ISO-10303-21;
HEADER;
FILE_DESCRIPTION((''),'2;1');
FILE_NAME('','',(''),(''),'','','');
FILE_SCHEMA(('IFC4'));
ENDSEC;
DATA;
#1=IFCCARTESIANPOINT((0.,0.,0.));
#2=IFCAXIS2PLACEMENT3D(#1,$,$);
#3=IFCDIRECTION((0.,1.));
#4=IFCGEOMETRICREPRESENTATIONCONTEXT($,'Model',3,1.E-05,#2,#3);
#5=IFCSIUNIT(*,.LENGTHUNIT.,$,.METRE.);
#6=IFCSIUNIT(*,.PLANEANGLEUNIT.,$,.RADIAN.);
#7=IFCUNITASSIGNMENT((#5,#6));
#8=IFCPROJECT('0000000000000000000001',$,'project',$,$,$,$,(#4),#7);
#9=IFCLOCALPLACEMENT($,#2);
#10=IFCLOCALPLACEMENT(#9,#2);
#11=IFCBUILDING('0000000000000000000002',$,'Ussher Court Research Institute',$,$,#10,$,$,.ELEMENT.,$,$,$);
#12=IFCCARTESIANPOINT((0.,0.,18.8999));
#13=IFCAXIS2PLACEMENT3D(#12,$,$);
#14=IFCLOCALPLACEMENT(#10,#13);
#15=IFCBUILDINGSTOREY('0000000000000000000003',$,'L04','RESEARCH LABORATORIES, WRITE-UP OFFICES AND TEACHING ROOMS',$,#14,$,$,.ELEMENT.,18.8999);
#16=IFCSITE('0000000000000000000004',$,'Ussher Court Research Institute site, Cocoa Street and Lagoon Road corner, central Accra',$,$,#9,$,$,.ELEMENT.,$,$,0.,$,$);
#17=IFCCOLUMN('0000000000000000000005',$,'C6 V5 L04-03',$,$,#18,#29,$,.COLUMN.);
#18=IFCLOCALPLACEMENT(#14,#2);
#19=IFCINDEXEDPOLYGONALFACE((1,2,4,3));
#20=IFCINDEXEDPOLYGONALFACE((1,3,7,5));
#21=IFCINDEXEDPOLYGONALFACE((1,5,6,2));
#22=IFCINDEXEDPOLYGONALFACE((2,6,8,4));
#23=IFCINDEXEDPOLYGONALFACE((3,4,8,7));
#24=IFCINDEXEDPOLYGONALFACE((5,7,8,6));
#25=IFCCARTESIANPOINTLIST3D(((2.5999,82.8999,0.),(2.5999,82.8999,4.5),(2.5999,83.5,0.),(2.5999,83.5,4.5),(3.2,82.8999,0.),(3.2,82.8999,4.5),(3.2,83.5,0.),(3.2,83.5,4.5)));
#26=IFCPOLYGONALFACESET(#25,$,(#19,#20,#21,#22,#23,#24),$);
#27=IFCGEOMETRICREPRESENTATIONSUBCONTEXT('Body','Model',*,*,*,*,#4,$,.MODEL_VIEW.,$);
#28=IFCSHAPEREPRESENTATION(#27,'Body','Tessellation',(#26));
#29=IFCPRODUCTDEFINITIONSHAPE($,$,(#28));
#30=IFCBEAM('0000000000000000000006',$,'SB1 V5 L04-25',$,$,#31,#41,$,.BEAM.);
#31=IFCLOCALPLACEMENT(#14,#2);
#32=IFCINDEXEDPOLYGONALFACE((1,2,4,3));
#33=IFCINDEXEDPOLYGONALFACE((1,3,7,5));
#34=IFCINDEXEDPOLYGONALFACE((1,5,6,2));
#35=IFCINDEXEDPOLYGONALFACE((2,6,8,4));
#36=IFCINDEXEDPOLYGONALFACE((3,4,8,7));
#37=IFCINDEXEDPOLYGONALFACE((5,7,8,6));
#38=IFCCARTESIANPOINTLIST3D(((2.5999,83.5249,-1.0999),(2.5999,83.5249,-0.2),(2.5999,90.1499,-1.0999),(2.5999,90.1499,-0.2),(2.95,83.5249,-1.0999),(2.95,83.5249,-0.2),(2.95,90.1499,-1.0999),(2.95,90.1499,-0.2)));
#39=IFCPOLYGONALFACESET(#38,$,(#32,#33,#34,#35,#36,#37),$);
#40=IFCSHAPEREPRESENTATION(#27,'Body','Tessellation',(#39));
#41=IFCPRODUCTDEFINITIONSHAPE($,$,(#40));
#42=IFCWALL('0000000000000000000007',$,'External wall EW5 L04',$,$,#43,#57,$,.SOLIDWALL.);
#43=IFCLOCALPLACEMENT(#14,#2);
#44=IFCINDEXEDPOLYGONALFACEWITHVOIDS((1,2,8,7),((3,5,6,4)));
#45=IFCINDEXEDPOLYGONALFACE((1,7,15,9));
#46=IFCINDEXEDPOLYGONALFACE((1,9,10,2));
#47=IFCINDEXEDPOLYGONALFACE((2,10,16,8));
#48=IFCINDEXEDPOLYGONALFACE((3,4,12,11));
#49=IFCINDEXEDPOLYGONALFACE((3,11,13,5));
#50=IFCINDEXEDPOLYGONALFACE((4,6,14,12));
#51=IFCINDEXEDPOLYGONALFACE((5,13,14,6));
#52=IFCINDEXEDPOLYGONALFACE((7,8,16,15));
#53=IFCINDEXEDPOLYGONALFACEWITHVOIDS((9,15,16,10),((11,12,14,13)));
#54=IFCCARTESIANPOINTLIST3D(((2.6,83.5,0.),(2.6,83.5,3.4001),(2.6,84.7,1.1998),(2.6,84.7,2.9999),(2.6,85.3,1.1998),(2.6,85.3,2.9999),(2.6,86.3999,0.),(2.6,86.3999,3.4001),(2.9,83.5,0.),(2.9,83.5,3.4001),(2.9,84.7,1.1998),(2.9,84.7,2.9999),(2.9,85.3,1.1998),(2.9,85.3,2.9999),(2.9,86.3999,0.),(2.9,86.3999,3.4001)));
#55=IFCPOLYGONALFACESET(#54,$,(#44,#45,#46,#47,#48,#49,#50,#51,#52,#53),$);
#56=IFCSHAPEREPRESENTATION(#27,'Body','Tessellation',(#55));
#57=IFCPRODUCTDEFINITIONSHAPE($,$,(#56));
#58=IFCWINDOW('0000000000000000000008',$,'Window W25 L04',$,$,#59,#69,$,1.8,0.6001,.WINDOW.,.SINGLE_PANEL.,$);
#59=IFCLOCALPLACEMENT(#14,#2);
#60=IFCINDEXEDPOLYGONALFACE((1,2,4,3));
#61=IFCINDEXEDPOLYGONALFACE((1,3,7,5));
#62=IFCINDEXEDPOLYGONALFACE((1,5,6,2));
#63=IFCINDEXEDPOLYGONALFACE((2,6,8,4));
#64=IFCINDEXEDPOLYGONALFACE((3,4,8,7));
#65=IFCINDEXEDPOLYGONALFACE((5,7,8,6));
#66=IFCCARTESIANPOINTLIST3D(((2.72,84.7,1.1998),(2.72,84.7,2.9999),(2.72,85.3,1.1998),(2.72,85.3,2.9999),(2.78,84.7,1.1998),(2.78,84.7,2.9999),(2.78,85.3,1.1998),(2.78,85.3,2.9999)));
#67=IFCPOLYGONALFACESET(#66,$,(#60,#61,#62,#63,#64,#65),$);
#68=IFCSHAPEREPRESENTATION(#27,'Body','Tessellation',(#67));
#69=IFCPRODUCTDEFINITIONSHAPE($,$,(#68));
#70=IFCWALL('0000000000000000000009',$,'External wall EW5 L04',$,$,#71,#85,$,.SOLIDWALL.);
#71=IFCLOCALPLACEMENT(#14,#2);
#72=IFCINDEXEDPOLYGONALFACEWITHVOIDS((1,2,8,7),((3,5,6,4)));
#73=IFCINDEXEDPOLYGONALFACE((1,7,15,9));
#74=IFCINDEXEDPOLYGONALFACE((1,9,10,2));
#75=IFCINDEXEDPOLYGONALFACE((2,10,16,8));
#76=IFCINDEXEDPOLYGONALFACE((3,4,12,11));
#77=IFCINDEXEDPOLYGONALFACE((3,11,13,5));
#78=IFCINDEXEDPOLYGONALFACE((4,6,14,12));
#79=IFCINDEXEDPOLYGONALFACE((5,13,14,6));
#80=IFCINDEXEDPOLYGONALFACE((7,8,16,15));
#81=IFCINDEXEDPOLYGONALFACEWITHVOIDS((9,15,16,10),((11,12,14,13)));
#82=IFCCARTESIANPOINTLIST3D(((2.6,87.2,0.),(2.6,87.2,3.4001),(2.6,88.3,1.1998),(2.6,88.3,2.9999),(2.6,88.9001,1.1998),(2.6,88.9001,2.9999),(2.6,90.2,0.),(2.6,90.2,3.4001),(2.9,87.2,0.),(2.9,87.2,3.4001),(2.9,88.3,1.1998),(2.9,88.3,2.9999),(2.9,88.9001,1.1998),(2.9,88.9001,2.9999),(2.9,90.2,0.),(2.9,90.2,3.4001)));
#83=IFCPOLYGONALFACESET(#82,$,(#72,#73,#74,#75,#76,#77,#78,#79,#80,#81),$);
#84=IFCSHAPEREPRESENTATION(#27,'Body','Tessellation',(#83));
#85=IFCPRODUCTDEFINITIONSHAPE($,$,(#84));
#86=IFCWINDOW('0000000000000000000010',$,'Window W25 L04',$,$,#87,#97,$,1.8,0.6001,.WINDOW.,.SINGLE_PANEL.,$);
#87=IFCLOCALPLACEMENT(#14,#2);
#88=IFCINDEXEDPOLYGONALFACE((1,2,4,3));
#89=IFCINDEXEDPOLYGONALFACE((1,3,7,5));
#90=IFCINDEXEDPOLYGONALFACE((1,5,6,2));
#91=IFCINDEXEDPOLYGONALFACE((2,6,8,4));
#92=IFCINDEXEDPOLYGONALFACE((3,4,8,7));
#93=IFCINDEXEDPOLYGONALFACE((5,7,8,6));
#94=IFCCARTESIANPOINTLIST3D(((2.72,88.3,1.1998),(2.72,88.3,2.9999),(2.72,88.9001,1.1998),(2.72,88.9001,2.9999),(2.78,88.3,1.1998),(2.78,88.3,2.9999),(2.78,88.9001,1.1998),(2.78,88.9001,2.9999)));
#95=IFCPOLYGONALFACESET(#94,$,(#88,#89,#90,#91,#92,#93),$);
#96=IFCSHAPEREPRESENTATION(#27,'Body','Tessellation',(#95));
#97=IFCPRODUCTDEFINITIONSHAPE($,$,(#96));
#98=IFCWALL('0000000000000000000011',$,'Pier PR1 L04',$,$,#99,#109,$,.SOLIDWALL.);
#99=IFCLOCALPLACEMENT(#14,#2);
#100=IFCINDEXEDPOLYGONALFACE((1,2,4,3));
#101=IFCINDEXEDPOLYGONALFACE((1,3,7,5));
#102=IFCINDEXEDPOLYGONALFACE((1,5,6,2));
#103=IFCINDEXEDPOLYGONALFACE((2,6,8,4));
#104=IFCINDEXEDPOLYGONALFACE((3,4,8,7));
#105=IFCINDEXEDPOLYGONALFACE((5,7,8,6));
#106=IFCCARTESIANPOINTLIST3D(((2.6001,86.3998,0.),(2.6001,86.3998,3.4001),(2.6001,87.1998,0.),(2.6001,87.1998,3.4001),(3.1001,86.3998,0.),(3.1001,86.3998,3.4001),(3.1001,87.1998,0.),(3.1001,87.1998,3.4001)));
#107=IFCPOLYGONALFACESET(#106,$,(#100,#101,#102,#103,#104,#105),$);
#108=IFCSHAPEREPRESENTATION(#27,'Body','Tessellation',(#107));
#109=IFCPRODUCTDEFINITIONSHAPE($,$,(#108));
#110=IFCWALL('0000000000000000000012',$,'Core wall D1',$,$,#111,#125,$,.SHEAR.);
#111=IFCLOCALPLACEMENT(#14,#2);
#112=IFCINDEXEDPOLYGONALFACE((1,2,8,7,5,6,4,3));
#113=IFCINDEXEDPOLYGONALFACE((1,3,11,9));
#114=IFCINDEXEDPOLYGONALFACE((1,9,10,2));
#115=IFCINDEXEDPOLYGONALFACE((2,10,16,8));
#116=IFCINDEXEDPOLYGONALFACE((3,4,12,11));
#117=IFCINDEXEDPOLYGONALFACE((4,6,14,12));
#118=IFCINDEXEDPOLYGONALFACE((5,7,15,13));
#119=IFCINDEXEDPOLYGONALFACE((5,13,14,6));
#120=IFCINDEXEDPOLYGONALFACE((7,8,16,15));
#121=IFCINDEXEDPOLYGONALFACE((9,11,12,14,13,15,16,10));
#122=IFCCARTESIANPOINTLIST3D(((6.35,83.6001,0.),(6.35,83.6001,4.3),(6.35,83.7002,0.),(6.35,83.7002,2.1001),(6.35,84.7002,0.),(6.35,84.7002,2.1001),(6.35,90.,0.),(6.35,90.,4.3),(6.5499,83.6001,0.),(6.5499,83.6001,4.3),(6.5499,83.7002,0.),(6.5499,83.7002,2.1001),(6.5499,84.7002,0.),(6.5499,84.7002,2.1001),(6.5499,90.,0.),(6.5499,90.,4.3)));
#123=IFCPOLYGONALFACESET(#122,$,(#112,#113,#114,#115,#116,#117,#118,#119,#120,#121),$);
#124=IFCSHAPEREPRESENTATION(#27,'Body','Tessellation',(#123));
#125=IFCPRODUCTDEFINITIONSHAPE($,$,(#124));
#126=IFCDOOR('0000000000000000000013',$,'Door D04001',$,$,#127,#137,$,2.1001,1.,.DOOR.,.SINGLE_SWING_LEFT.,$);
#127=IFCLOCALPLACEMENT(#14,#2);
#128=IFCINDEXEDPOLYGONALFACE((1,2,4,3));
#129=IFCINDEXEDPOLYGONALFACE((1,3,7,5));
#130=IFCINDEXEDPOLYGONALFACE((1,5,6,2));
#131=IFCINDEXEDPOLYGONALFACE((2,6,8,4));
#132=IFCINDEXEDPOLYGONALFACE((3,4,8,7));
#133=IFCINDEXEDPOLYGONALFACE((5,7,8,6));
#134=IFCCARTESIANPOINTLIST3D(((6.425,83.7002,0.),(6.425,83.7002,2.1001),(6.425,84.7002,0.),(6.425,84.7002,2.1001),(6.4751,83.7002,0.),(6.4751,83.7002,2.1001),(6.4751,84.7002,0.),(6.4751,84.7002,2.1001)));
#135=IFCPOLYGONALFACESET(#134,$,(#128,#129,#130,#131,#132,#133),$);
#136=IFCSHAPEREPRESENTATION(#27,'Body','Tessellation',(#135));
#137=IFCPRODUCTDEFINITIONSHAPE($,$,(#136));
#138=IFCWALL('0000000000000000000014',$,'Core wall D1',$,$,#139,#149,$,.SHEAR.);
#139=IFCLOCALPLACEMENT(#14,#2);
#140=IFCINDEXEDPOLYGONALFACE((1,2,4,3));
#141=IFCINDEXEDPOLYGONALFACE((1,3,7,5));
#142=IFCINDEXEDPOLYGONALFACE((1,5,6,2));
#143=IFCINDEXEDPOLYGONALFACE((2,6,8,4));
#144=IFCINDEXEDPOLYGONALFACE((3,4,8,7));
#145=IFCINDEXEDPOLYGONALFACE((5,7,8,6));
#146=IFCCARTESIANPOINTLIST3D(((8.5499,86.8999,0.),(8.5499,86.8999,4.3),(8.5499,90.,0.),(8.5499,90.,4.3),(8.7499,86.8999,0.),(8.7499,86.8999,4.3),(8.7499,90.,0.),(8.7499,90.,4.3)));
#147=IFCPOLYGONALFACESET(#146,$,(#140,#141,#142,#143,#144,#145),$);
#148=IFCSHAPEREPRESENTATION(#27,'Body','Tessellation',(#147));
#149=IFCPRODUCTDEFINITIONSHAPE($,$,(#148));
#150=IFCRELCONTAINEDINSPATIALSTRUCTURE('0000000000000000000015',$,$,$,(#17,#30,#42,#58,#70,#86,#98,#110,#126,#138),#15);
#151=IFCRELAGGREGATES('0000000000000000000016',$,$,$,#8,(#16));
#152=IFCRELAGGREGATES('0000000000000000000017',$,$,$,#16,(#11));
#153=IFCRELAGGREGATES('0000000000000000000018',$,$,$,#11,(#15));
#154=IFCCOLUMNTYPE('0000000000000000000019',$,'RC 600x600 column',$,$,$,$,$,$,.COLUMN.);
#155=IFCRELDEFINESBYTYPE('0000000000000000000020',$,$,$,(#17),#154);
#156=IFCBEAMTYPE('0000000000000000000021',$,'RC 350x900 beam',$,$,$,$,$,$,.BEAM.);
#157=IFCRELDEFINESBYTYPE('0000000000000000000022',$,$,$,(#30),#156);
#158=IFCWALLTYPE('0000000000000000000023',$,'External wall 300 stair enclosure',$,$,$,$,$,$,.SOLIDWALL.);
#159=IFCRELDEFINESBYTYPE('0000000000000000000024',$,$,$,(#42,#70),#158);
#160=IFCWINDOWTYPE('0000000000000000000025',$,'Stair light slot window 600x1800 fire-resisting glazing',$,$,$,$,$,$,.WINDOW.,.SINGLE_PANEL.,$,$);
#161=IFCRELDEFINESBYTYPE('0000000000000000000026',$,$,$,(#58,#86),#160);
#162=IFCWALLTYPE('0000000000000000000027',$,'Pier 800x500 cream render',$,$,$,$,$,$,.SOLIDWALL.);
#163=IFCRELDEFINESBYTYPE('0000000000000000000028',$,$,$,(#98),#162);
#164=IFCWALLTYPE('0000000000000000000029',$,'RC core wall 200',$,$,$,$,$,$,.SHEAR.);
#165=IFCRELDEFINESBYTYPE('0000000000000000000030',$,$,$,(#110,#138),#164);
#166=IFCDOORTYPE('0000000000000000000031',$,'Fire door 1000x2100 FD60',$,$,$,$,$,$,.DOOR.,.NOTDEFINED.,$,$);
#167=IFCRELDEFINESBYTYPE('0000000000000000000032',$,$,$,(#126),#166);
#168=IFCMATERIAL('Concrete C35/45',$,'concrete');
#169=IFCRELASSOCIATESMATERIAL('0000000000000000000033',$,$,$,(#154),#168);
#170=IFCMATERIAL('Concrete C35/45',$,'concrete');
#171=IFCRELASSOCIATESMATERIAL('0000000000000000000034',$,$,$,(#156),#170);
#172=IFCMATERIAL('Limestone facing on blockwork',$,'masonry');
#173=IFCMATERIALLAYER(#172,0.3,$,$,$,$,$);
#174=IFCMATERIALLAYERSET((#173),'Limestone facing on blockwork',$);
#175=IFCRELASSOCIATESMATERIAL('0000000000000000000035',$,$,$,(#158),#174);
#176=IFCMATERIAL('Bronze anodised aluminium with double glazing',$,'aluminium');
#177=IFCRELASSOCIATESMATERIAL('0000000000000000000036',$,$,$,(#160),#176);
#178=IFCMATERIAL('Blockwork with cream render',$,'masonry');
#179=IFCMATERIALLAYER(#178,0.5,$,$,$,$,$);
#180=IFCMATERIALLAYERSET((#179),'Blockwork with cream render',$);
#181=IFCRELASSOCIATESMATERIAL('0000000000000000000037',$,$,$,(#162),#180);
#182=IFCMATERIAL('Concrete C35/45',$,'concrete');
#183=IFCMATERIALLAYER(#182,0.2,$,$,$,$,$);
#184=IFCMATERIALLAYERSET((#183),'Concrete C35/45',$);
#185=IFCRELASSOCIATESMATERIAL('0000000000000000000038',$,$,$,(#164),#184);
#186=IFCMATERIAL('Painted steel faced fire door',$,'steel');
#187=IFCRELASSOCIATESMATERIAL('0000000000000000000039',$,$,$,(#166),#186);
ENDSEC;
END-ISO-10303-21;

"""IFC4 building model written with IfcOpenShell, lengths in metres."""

from ifc_helpers import new_model, si_unit, direction, frame, frame_2d, origin, origin_2d, place, context, subcontext, project, spatial, rectangle, extrude, material, layer, layer_set, material_profile, profile_set, type_object, element, fill, save


model = new_model("IFC4")

# Units and contexts
model_context = context("Model", 3, precision=1e-05, world=origin(), true_north=direction((0.0, 1.0)))
body_context = subcontext(model_context, "Body", "Model", "MODEL_VIEW")
ifc_project = project(units=[si_unit("LENGTHUNIT", "METRE"), si_unit("PLANEANGLEUNIT", "RADIAN")], contexts=[model_context])

# Site, building, storey
site_placement = place(None, origin())
site = spatial("IfcSite", under=ifc_project, at=site_placement, Name="Ussher Court Research Institute site, Cocoa Street and Lagoon Road corner, central Accra", CompositionType="ELEMENT", RefElevation=0.0)
building_placement = place(site_placement, origin())
building = spatial("IfcBuilding", under=site, at=building_placement, Name="Ussher Court Research Institute", CompositionType="ELEMENT")
storey_placement = place(building_placement, frame((0.0, 0.0, 18.8999)))
storey = spatial("IfcBuildingStorey", under=building, at=storey_placement, Name="L04", Description="RESEARCH LABORATORIES, WRITE-UP OFFICES AND TEACHING ROOMS", CompositionType="ELEMENT", Elevation=18.8999)

# Column
ifc_material_1 = material(Name="Concrete C35/45", Category="concrete")
ifc_material_profile_1 = material_profile(ifc_material_1, rectangle(XDim=0.6001, YDim=0.6001, at=origin_2d()), Name="RC 600x600")
ifc_profile_set_1 = profile_set([ifc_material_profile_1], Name="Concrete C35/45")
column_type = type_object("IfcColumnType", Name="RC 600x600 column", PredefinedType="COLUMN", material=ifc_profile_set_1)
column_placement = place(storey_placement, frame((2.8999, 83.2, 0.0), z_axis=(0.0, 0.0, 1.0), x_axis=(1.0, 0.0, 0.0)))
element("IfcColumn", 1, at=column_placement, inside=storey, type_object=column_type, Name="C6 V5 L04-03", PredefinedType="COLUMN", context=body_context, shape_type="SweptSolid", body=[
    extrude(rectangle(XDim=0.6001, YDim=0.6001, at=origin_2d()), origin(), (0.0, 0.0, 1.0), 4.5),
])

# Beam
ifc_material_2 = material(Name="Concrete C35/45", Category="concrete")
ifc_material_profile_2 = material_profile(ifc_material_2, rectangle(XDim=0.3501, YDim=0.8999, at=origin_2d()), Name="RC 350x900")
ifc_profile_set_2 = profile_set([ifc_material_profile_2], Name="Concrete C35/45")
beam_type = type_object("IfcBeamType", Name="RC 350x900 beam", PredefinedType="BEAM", material=ifc_profile_set_2)
beam_placement = place(storey_placement, frame((2.7749, 83.5249, -0.6499), z_axis=(0.0, 1.0, 0.0), x_axis=(-1.0, 0.0, 0.0)))
element("IfcBeam", 2, at=beam_placement, inside=storey, type_object=beam_type, Name="SB1 V5 L04-25", PredefinedType="BEAM", context=body_context, shape_type="SweptSolid", body=[
    extrude(rectangle(XDim=0.3501, YDim=0.8999, at=origin_2d()), origin(), (0.0, 0.0, 1.0), 6.625),
])

# Walls, openings, windows
ifc_material_3 = material(Name="Limestone facing on blockwork", Category="masonry")
ifc_layer_1 = layer(ifc_material_3, 0.3)
ifc_layer_set_1 = layer_set([ifc_layer_1], Name="Limestone facing on blockwork")
wall_type_1 = type_object("IfcWallType", Name="External wall 300 stair enclosure", PredefinedType="SOLIDWALL", material=ifc_layer_set_1)
wall_1_placement = place(storey_placement, frame((2.75, 83.5, 0.0), z_axis=(0.0, 0.0, 1.0), x_axis=(0.0, 1.0, 0.0)))
wall_1 = element("IfcWall", 3, at=wall_1_placement, inside=storey, type_object=wall_type_1, Name="External wall EW5 L04", PredefinedType="SOLIDWALL", context=body_context, shape_type="SweptSolid", body=[
    extrude(rectangle(XDim=2.8999, YDim=0.3, at=frame_2d((1.45, 0.0))), origin(), (0.0, 0.0, 1.0), 3.4001),
])
opening_1_placement = place(wall_1_placement, frame((1.2, 0.0, 1.2)))
opening_1 = element("IfcOpeningElement", 4, at=opening_1_placement, cuts=wall_1, PredefinedType="OPENING", context=body_context, shape_type="SweptSolid", body=[
    extrude(rectangle(XDim=0.6001, YDim=1.8, at=frame_2d((0.3, 0.8999))), frame((0.0, 0.1602, 0.0), z_axis=(0.0, -1.0, 0.0), x_axis=(1.0, 0.0, 0.0)), (0.0, 0.0, 1.0), 0.3201),
])
ifc_material_4 = material(Name="Bronze anodised aluminium with double glazing", Category="aluminium")
window_type = type_object("IfcWindowType", Name="Stair light slot window 600x1800 fire-resisting glazing", PartitioningType="SINGLE_PANEL", PredefinedType="WINDOW", material=ifc_material_4)
window_1_placement = place(opening_1_placement, origin())
window_1 = element("IfcWindow", 5, at=window_1_placement, inside=storey, type_object=window_type, Name="Window W25 L04", OverallHeight=1.8, OverallWidth=0.6001, PartitioningType="SINGLE_PANEL", PredefinedType="WINDOW", context=body_context, shape_type="SweptSolid", body=[
    extrude(rectangle(XDim=0.6001, YDim=1.8, at=frame_2d((0.3, 0.8999))), frame((0.0, 0.03, 0.0), z_axis=(0.0, -1.0, 0.0), x_axis=(1.0, 0.0, 0.0)), (0.0, 0.0, 1.0), 0.0601),
])
fill(opening_1, window_1)
wall_2_placement = place(storey_placement, frame((2.75, 87.2, 0.0), z_axis=(0.0, 0.0, 1.0), x_axis=(0.0, 1.0, 0.0)))
wall_2 = element("IfcWall", 6, at=wall_2_placement, inside=storey, type_object=wall_type_1, Name="External wall EW5 L04", PredefinedType="SOLIDWALL", context=body_context, shape_type="SweptSolid", body=[
    extrude(rectangle(XDim=3.0, YDim=0.3, at=frame_2d((1.5, 0.0))), origin(), (0.0, 0.0, 1.0), 3.4001),
])
opening_2_placement = place(wall_2_placement, frame((1.1001, 0.0, 1.2)))
opening_2 = element("IfcOpeningElement", 7, at=opening_2_placement, cuts=wall_2, PredefinedType="OPENING", context=body_context, shape_type="SweptSolid", body=[
    extrude(rectangle(XDim=0.6001, YDim=1.8, at=frame_2d((0.3, 0.8999))), frame((0.0, 0.1602, 0.0), z_axis=(0.0, -1.0, 0.0), x_axis=(1.0, 0.0, 0.0)), (0.0, 0.0, 1.0), 0.3201),
])
window_2_placement = place(opening_2_placement, origin())
window_2 = element("IfcWindow", 8, at=window_2_placement, inside=storey, type_object=window_type, Name="Window W25 L04", OverallHeight=1.8, OverallWidth=0.6001, PartitioningType="SINGLE_PANEL", PredefinedType="WINDOW", context=body_context, shape_type="SweptSolid", body=[
    extrude(rectangle(XDim=0.6001, YDim=1.8, at=frame_2d((0.3, 0.8999))), frame((0.0, 0.03, 0.0), z_axis=(0.0, -1.0, 0.0), x_axis=(1.0, 0.0, 0.0)), (0.0, 0.0, 1.0), 0.0601),
])
fill(opening_2, window_2)

# Wall
ifc_material_5 = material(Name="Blockwork with cream render", Category="masonry")
ifc_layer_2 = layer(ifc_material_5, 0.5)
ifc_layer_set_2 = layer_set([ifc_layer_2], Name="Blockwork with cream render")
wall_type_2 = type_object("IfcWallType", Name="Pier 800x500 cream render", PredefinedType="SOLIDWALL", material=ifc_layer_set_2)
wall_3_placement = place(storey_placement, frame((2.8501, 86.3999, 0.0), z_axis=(0.0, 0.0, 1.0), x_axis=(0.0, 1.0, 0.0)))
element("IfcWall", 9, at=wall_3_placement, inside=storey, type_object=wall_type_2, Name="Pier PR1 L04", PredefinedType="SOLIDWALL", context=body_context, shape_type="SweptSolid", body=[
    extrude(rectangle(XDim=0.8, YDim=0.5, at=frame_2d((0.3999, 0.0))), origin(), (0.0, 0.0, 1.0), 3.4001),
])

# Wall, opening, door
ifc_material_6 = material(Name="Concrete C35/45", Category="concrete")
ifc_layer_3 = layer(ifc_material_6, 0.2)
ifc_layer_set_3 = layer_set([ifc_layer_3], Name="Concrete C35/45")
wall_type_3 = type_object("IfcWallType", Name="RC core wall 200", PredefinedType="SHEAR", material=ifc_layer_set_3)
wall_4_placement = place(storey_placement, frame((6.45, 83.6001, 0.0), z_axis=(0.0, 0.0, 1.0), x_axis=(0.0, 1.0, 0.0)))
wall_4 = element("IfcWall", 10, at=wall_4_placement, inside=storey, type_object=wall_type_3, Name="Core wall D1", PredefinedType="SHEAR", context=body_context, shape_type="SweptSolid", body=[
    extrude(rectangle(XDim=6.3999, YDim=0.2, at=frame_2d((3.2, 0.0))), origin(), (0.0, 0.0, 1.0), 4.3),
])
opening_3_placement = place(wall_4_placement, frame((0.1001, 0.0, 0.0)))
opening_3 = element("IfcOpeningElement", 11, at=opening_3_placement, cuts=wall_4, PredefinedType="OPENING", context=body_context, shape_type="SweptSolid", body=[
    extrude(rectangle(XDim=1.0, YDim=2.1001, at=frame_2d((0.5, 1.05))), frame((0.0, 0.1099, 0.0), z_axis=(0.0, -1.0, 0.0), x_axis=(1.0, 0.0, 0.0)), (0.0, 0.0, 1.0), 0.22),
])
ifc_material_7 = material(Name="Painted steel faced fire door", Category="steel")
door_type_1 = type_object("IfcDoorType", Name="Fire door 1000x2100 FD60", OperationType="NOTDEFINED", PredefinedType="DOOR", material=ifc_material_7)
door_1_placement = place(opening_3_placement, origin())
door_1 = element("IfcDoor", 12, at=door_1_placement, inside=storey, type_object=door_type_1, Name="Door D04001", OperationType="SINGLE_SWING_LEFT", OverallHeight=2.1001, OverallWidth=1.0, PredefinedType="DOOR", context=body_context, shape_type="SweptSolid", body=[
    extrude(rectangle(XDim=1.0, YDim=2.1001, at=frame_2d((0.5, 1.05))), frame((0.0, 0.0249, 0.0), z_axis=(0.0, -1.0, 0.0), x_axis=(1.0, 0.0, 0.0)), (0.0, 0.0, 1.0), 0.05),
])
fill(opening_3, door_1)

# Wall
wall_5_placement = place(storey_placement, frame((8.6499, 86.8999, 0.0), z_axis=(0.0, 0.0, 1.0), x_axis=(0.0, 1.0, 0.0)))
element("IfcWall", 13, at=wall_5_placement, inside=storey, type_object=wall_type_3, Name="Core wall D1", PredefinedType="SHEAR", context=body_context, shape_type="SweptSolid", body=[
    extrude(rectangle(XDim=3.1001, YDim=0.2, at=frame_2d((1.55, 0.0))), origin(), (0.0, 0.0, 1.0), 4.3),
])

save(model, "model.ifc")
